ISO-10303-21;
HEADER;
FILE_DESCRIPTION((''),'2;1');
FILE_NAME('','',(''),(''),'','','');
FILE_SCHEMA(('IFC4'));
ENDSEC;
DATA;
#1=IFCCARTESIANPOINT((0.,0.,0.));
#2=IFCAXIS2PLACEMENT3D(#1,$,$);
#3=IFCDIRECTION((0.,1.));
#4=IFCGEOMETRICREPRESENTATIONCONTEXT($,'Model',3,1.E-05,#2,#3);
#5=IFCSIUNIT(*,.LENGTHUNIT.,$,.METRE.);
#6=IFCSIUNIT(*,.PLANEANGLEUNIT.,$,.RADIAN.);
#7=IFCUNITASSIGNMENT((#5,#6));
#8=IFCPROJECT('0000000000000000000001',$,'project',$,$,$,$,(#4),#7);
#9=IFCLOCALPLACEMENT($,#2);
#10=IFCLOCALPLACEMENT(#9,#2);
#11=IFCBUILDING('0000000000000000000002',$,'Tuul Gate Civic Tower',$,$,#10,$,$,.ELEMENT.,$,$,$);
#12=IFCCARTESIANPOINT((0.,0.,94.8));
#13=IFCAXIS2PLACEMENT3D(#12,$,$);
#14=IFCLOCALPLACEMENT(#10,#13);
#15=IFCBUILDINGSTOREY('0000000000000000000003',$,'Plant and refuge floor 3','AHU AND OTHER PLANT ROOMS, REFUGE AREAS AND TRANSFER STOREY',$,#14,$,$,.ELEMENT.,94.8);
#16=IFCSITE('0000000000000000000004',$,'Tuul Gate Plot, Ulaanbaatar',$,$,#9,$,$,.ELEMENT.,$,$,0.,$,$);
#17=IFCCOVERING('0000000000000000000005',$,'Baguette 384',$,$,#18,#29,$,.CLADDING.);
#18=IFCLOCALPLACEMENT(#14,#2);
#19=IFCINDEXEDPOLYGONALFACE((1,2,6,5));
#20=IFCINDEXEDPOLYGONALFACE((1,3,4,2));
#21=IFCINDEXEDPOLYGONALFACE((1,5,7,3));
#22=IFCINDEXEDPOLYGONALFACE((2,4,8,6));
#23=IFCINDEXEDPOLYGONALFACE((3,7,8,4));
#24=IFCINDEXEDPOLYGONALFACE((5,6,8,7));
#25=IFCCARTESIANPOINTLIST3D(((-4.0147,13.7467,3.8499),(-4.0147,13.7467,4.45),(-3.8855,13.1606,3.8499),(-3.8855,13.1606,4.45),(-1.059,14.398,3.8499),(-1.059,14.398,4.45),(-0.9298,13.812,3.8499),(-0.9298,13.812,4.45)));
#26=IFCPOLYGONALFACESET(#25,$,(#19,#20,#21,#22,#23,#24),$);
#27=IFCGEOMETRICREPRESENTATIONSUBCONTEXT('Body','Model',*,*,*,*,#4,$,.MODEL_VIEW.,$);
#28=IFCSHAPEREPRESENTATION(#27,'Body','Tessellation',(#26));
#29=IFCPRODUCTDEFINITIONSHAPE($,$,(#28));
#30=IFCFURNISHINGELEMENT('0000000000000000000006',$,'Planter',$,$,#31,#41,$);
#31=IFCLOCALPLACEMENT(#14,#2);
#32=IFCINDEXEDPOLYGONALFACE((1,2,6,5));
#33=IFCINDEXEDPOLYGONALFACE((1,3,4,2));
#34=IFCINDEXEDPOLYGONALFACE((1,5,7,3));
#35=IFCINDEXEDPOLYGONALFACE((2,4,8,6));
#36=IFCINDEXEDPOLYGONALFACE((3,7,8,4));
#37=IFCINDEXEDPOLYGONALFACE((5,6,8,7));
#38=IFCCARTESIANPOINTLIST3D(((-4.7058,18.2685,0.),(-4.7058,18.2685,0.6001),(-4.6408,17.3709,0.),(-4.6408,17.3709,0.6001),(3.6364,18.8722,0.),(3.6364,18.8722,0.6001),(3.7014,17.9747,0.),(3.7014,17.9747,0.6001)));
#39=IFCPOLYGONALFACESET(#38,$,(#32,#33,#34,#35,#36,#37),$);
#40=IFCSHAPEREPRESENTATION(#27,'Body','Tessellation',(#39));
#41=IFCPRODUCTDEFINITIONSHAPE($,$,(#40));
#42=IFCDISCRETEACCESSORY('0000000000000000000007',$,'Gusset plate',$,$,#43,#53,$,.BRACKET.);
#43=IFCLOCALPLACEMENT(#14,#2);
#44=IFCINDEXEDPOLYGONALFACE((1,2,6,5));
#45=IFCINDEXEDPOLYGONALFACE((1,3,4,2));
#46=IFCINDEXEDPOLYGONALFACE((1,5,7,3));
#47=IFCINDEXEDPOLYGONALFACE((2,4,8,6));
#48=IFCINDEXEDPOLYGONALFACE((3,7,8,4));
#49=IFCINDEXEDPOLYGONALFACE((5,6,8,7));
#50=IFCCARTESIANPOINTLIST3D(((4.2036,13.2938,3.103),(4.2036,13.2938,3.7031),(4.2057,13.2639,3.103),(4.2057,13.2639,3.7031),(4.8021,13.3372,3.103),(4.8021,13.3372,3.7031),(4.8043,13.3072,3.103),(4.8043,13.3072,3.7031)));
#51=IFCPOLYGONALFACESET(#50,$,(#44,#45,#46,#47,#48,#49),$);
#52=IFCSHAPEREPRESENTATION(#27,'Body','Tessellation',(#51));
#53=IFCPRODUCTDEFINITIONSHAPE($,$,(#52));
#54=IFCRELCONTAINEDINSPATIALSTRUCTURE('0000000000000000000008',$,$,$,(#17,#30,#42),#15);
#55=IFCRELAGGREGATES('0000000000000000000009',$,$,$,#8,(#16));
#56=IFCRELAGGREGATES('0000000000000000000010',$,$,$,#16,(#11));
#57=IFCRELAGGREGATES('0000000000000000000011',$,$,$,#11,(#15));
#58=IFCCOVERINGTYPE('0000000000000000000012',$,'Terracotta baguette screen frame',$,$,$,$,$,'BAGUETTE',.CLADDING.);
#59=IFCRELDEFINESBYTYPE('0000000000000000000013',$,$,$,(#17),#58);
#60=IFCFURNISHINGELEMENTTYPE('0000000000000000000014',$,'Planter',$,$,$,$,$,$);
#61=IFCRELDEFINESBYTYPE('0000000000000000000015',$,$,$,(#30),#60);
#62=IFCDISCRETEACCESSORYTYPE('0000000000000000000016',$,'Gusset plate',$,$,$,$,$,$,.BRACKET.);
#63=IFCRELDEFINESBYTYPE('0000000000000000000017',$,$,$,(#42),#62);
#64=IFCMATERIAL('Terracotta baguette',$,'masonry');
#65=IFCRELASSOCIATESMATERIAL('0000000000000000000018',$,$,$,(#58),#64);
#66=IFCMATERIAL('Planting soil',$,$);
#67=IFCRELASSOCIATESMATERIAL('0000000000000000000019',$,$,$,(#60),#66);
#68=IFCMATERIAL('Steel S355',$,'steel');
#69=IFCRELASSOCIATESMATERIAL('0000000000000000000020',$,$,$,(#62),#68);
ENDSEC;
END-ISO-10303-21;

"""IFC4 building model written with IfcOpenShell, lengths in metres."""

from ifc_helpers import new_model, si_unit, direction, frame, origin, origin_2d, place, context, subcontext, project, spatial, rectangle, extrude, material, material_profile, profile_set, type_object, element, save


model = new_model("IFC4")

# Units and contexts
model_context = context("Model", 3, precision=1e-05, world=origin(), true_north=direction((0.0, 1.0)))
body_context = subcontext(model_context, "Body", "Model", "MODEL_VIEW")
ifc_project = project(units=[si_unit("LENGTHUNIT", "METRE"), si_unit("PLANEANGLEUNIT", "RADIAN")], contexts=[model_context])

# Site, building, storey
site_placement = place(None, origin())
site = spatial("IfcSite", under=ifc_project, at=site_placement, Name="Tuul Gate Plot, Ulaanbaatar", CompositionType="ELEMENT", RefElevation=0.0)
building_placement = place(site_placement, origin())
building = spatial("IfcBuilding", under=site, at=building_placement, Name="Tuul Gate Civic Tower", CompositionType="ELEMENT")
storey_placement = place(building_placement, frame((0.0, 0.0, 94.8)))
storey = spatial("IfcBuildingStorey", under=building, at=storey_placement, Name="Plant and refuge floor 3", Description="AHU AND OTHER PLANT ROOMS, REFUGE AREAS AND TRANSFER STOREY", CompositionType="ELEMENT", Elevation=94.8)

# Covering
ifc_material_1 = material(Name="Terracotta baguette", Category="masonry")
ifc_material_profile_1 = material_profile(ifc_material_1, rectangle(XDim=0.6001, YDim=0.6001, at=origin_2d()), Name="Terracotta baguette screen frame")
ifc_profile_set_1 = profile_set([ifc_material_profile_1], Name="Terracotta baguette")
covering_type = type_object("IfcCoveringType", Name="Terracotta baguette screen frame", ElementType="BAGUETTE", PredefinedType="CLADDING", material=ifc_profile_set_1)
covering_placement = place(storey_placement, frame((-0.9944, 14.105, 4.1499), z_axis=(-0.976569, -0.215205, 0.0), x_axis=(0.215205, -0.976569, 0.0)))
element("IfcCovering", 1, at=covering_placement, inside=storey, type_object=covering_type, Name="Baguette 384", PredefinedType="CLADDING", context=body_context, shape_type="SweptSolid", body=[
    extrude(rectangle(XDim=0.6001, YDim=0.6001, at=origin_2d()), origin(), (0.0, 0.0, 1.0), 3.0266),
])

# Furnishing element
ifc_material_2 = material(Name="Planting soil")
furnishing_element_type = type_object("IfcFurnishingElementType", Name="Planter", material=ifc_material_2)
furnishing_placement = place(storey_placement, frame((-0.5022, 18.1216, 0.0), z_axis=(0.0, 0.0, 1.0), x_axis=(-0.997391, -0.072185, 0.0)))
element("IfcFurnishingElement", 2, at=furnishing_placement, inside=storey, type_object=furnishing_element_type, Name="Planter", context=body_context, shape_type="SweptSolid", body=[
    extrude(rectangle(XDim=8.364, YDim=0.8999, at=origin_2d()), origin(), (0.0, 0.0, 1.0), 0.6001),
])

# Discrete accessory
ifc_material_3 = material(Name="Steel S355", Category="steel")
discrete_accessory_type = type_object("IfcDiscreteAccessoryType", Name="Gusset plate", PredefinedType="BRACKET", material=ifc_material_3)
discrete_accessory_placement = place(storey_placement, frame((4.5039, 13.3005, 3.103), z_axis=(0.0, 0.0, 1.0), x_axis=(0.99739, 0.072205, 0.0)))
element("IfcDiscreteAccessory", 3, at=discrete_accessory_placement, inside=storey, type_object=discrete_accessory_type, Name="Gusset plate", PredefinedType="BRACKET", context=body_context, shape_type="SweptSolid", body=[
    extrude(rectangle(XDim=0.6001, YDim=0.03, at=origin_2d()), origin(), (0.0, 0.0, 1.0), 0.6001),
])

save(model, "model.ifc")
